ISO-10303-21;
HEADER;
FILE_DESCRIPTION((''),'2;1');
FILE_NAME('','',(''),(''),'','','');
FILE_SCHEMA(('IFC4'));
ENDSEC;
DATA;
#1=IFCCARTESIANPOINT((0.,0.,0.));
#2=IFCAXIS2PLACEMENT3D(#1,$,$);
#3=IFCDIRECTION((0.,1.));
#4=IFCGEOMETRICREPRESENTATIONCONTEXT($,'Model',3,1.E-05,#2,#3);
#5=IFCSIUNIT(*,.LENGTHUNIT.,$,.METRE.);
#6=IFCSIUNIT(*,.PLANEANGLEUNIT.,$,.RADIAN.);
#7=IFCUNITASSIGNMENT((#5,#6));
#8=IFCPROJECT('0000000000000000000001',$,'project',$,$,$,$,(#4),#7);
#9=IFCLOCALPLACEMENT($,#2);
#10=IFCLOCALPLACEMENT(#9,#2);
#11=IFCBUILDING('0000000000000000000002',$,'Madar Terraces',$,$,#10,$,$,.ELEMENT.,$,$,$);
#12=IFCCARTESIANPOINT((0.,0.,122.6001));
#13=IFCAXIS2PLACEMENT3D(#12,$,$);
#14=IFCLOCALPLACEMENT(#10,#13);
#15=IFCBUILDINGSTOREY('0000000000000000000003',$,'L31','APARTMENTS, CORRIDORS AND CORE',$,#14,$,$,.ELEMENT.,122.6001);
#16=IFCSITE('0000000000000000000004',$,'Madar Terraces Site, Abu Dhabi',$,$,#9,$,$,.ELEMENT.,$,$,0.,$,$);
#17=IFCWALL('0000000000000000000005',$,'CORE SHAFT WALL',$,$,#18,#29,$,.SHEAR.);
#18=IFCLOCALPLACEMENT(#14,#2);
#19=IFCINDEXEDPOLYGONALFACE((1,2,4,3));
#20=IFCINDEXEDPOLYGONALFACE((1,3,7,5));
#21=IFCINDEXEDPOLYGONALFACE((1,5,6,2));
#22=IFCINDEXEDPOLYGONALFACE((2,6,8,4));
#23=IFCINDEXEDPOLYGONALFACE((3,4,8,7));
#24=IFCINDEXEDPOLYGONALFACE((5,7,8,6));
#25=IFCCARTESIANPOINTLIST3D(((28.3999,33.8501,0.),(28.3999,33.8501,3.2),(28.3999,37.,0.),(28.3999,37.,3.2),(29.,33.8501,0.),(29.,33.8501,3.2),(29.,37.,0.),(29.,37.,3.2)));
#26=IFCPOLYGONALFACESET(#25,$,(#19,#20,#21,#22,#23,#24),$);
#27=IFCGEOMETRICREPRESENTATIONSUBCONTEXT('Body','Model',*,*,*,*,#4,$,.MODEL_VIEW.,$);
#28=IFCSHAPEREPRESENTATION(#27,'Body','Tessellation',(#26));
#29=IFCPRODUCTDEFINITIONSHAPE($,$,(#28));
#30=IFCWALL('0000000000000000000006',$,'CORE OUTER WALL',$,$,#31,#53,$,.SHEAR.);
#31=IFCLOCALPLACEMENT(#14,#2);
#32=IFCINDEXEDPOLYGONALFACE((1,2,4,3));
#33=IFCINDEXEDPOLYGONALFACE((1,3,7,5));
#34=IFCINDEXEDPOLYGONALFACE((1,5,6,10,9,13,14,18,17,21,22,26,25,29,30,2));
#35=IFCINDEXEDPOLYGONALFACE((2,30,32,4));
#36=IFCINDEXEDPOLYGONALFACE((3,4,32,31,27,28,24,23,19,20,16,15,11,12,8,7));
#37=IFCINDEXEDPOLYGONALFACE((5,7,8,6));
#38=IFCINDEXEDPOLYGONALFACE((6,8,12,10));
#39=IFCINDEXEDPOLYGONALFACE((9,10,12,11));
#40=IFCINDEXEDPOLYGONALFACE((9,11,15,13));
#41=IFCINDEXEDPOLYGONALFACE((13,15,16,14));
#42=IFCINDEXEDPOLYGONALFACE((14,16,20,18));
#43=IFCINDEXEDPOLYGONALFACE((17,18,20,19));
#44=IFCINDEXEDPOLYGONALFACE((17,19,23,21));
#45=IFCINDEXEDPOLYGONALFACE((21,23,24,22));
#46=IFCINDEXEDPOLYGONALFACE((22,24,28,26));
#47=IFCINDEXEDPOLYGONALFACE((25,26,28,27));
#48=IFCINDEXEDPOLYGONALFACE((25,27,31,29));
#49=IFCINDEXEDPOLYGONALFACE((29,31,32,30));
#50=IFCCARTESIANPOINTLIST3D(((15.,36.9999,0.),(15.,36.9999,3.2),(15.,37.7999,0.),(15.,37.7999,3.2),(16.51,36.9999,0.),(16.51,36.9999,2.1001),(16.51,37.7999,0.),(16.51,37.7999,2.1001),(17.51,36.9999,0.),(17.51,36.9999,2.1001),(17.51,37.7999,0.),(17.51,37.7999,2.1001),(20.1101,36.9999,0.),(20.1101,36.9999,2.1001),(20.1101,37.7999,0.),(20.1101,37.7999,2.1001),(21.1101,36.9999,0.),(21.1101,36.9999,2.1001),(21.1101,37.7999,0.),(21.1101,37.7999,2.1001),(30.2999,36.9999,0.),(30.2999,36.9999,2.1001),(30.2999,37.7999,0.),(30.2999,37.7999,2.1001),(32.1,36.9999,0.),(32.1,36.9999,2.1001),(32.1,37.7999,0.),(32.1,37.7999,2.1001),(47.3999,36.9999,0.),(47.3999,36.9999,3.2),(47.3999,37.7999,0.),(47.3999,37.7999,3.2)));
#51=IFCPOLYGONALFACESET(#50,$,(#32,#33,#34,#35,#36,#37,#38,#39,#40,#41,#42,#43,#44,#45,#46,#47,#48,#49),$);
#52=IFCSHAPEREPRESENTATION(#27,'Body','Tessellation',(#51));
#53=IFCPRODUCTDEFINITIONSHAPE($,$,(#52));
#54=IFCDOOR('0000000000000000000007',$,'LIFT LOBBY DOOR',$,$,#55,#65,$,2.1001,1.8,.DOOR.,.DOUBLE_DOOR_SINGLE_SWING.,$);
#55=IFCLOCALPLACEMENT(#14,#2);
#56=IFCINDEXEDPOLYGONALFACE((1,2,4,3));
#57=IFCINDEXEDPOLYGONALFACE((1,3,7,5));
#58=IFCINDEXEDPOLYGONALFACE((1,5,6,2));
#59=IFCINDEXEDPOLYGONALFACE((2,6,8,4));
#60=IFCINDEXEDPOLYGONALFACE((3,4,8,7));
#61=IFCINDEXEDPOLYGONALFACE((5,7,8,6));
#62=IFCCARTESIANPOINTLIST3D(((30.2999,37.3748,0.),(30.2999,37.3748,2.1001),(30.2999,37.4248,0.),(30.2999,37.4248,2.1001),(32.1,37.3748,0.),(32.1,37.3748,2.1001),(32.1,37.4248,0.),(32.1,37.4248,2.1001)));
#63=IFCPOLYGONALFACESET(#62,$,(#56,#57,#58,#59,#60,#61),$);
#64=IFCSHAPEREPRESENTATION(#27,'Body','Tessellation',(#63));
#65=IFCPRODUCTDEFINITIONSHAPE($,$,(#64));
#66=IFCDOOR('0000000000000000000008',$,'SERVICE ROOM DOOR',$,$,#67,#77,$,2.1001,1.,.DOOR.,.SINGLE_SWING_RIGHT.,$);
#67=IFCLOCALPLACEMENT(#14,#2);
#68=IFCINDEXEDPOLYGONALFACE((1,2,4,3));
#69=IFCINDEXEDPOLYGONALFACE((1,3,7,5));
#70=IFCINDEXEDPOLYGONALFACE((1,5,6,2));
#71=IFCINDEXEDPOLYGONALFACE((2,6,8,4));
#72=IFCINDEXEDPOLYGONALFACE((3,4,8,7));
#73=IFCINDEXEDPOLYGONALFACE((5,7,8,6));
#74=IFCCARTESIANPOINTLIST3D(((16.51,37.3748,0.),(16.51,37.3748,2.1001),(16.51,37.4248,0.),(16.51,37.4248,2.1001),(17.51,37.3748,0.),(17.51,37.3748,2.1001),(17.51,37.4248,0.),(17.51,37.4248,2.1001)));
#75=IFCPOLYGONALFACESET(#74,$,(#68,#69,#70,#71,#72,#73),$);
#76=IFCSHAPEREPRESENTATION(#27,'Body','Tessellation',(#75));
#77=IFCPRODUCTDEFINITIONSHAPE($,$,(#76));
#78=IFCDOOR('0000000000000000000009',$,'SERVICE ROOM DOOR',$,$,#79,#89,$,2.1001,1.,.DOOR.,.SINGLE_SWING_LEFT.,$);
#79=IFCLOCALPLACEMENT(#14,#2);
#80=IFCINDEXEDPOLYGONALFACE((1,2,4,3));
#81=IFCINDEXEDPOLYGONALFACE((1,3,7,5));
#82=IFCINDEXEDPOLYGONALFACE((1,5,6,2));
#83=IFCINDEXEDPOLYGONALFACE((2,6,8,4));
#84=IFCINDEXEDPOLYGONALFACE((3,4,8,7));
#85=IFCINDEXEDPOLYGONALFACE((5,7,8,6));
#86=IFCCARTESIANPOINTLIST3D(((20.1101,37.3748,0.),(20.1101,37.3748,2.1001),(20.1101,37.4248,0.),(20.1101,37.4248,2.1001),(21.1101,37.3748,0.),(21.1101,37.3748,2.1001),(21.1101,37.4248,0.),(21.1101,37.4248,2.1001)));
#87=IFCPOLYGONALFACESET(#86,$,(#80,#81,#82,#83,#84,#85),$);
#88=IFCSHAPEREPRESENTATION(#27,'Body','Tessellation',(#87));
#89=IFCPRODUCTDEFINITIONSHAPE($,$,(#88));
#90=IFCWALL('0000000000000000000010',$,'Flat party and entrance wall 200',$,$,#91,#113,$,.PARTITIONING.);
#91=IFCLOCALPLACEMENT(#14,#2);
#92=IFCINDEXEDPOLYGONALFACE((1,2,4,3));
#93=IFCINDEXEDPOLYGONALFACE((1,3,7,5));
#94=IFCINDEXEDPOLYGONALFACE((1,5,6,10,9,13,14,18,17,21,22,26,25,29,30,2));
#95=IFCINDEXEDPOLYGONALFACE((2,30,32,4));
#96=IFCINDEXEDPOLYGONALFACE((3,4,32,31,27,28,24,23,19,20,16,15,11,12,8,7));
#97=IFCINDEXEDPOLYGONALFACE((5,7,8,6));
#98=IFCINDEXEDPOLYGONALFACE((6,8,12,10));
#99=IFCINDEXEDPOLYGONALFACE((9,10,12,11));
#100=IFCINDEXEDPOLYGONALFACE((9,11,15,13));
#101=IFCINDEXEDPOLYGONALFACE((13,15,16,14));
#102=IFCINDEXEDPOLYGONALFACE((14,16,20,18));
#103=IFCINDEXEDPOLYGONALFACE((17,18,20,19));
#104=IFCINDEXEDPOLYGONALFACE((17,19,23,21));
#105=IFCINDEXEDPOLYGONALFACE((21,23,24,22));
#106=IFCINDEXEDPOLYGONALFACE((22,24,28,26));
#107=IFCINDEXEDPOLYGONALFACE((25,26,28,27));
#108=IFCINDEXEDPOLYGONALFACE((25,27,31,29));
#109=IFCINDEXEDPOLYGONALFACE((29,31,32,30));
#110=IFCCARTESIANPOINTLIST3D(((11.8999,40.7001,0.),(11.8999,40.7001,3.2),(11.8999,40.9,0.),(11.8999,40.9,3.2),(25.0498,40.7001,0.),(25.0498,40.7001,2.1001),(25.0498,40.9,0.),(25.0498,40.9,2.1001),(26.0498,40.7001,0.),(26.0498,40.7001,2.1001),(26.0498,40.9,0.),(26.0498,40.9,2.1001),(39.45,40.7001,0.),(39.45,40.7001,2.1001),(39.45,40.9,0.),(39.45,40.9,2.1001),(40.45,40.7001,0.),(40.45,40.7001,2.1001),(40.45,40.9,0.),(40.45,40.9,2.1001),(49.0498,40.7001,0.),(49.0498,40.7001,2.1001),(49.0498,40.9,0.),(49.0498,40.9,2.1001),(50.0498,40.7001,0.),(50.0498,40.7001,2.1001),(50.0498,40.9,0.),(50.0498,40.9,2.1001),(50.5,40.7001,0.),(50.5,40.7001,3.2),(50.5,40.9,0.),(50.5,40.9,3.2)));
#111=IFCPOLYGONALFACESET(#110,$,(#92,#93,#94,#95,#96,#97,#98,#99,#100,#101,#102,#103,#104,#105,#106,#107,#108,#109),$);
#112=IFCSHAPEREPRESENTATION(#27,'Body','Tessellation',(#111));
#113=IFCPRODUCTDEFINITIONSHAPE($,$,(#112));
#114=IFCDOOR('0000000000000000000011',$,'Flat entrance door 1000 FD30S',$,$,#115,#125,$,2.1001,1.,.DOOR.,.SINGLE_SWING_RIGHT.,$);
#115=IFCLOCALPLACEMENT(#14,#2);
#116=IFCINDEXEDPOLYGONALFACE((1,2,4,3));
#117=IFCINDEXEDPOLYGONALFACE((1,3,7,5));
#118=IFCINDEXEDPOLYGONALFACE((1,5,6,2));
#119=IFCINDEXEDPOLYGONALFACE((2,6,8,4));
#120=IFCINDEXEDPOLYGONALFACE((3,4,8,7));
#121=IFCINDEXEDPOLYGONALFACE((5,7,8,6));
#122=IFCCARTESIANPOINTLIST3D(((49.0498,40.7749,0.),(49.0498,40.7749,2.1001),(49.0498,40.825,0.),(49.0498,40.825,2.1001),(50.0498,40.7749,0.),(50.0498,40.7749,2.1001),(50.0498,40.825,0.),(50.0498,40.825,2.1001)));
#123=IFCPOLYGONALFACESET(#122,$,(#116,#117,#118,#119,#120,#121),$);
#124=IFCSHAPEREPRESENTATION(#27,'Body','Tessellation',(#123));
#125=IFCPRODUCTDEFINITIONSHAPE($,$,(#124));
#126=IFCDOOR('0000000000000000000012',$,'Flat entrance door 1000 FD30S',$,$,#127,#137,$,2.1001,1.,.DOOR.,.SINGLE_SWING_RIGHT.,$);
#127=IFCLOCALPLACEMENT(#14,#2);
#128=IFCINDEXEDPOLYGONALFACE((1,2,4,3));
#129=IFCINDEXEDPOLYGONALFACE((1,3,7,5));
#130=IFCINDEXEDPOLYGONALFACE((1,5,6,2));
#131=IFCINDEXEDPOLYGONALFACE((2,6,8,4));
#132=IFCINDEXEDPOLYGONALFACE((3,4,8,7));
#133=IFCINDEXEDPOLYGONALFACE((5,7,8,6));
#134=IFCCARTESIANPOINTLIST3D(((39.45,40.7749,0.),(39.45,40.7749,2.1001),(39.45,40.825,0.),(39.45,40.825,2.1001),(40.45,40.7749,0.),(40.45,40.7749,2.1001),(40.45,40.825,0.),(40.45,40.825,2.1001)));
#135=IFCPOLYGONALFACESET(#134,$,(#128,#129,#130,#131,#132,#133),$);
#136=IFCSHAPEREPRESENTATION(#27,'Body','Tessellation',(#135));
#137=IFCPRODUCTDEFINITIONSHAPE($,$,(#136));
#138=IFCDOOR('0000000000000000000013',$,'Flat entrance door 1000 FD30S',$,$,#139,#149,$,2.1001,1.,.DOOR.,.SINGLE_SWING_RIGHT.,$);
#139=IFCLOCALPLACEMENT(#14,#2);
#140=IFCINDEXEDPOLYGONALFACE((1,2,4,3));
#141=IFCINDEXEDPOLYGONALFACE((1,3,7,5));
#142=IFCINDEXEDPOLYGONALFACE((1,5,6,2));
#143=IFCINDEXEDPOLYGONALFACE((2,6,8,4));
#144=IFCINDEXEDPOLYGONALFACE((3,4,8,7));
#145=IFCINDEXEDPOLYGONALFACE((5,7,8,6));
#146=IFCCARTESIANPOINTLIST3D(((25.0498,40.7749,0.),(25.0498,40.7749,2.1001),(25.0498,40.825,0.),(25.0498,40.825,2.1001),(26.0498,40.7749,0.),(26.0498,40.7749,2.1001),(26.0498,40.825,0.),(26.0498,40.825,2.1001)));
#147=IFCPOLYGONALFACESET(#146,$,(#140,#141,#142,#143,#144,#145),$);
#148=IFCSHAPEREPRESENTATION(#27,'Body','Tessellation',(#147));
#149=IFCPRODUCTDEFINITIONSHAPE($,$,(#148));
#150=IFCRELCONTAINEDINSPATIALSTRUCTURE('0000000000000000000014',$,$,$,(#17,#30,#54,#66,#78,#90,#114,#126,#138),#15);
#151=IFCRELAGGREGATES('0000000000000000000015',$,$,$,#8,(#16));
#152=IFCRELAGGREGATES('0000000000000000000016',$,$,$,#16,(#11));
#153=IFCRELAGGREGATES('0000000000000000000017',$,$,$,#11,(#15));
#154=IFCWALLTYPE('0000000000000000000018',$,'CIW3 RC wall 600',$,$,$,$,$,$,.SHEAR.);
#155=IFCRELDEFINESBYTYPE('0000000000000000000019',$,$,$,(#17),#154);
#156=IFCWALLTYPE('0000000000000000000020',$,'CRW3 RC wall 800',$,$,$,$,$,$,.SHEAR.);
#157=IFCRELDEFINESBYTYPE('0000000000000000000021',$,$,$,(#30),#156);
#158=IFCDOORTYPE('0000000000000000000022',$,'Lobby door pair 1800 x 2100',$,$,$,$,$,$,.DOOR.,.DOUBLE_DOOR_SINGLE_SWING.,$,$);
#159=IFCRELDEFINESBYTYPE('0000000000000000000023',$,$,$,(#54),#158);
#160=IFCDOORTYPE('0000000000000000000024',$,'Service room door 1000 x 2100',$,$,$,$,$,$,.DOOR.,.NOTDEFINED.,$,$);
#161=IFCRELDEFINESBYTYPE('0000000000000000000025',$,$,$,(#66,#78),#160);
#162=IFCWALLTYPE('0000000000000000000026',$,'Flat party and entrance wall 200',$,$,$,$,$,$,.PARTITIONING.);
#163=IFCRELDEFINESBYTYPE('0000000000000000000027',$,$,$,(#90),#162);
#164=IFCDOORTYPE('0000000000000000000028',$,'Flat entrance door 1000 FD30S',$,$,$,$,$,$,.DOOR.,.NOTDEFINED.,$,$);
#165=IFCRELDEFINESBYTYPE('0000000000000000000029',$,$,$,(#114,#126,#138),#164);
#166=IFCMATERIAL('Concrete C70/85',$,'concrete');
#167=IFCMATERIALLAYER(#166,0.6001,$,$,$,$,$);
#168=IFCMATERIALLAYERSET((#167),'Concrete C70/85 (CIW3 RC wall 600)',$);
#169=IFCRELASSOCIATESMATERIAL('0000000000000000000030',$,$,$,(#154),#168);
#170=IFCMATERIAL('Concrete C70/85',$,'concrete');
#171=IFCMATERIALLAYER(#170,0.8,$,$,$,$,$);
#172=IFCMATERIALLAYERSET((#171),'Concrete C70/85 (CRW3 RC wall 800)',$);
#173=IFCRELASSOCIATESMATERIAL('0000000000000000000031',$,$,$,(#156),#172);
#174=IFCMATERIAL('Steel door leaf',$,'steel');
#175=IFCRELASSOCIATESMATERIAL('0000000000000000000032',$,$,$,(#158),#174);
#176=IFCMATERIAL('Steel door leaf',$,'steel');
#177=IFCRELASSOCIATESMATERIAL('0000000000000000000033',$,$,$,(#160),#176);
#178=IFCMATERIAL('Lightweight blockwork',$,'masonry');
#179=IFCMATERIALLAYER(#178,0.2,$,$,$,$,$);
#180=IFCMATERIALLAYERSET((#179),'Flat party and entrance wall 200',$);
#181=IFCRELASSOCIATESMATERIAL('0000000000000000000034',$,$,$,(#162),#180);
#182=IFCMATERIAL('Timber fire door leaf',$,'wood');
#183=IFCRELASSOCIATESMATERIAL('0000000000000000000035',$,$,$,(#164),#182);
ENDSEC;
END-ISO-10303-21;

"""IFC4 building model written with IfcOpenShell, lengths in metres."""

from ifc_helpers import new_model, si_unit, direction, frame, frame_2d, origin, place, context, subcontext, project, spatial, rectangle, extrude, material, layer, layer_set, type_object, element, fill, save


model = new_model("IFC4")

# Units and contexts
model_context = context("Model", 3, precision=1e-05, world=origin(), true_north=direction((0.0, 1.0)))
body_context = subcontext(model_context, "Body", "Model", "MODEL_VIEW")
ifc_project = project(units=[si_unit("LENGTHUNIT", "METRE"), si_unit("PLANEANGLEUNIT", "RADIAN")], contexts=[model_context])

# Site, building, storey
site_placement = place(None, origin())
site = spatial("IfcSite", under=ifc_project, at=site_placement, Name="Madar Terraces Site, Abu Dhabi", CompositionType="ELEMENT", RefElevation=0.0)
building_placement = place(site_placement, origin())
building = spatial("IfcBuilding", under=site, at=building_placement, Name="Madar Terraces", CompositionType="ELEMENT")
storey_placement = place(building_placement, frame((0.0, 0.0, 122.6001)))
storey = spatial("IfcBuildingStorey", under=building, at=storey_placement, Name="L31", Description="APARTMENTS, CORRIDORS AND CORE", CompositionType="ELEMENT", Elevation=122.6001)

# Wall
ifc_material_1 = material(Name="Concrete C70/85", Category="concrete")
ifc_layer_1 = layer(ifc_material_1, 0.6001)
ifc_layer_set_1 = layer_set([ifc_layer_1], Name="Concrete C70/85 (CIW3 RC wall 600)")
wall_type_1 = type_object("IfcWallType", Name="CIW3 RC wall 600", PredefinedType="SHEAR", material=ifc_layer_set_1)
wall_1_placement = place(storey_placement, frame((28.7, 33.8501, 0.0), z_axis=(0.0, 0.0, 1.0), x_axis=(0.0, 1.0, 0.0)))
element("IfcWall", 1, at=wall_1_placement, inside=storey, type_object=wall_type_1, Name="CORE SHAFT WALL", PredefinedType="SHEAR", context=body_context, shape_type="SweptSolid", body=[
    extrude(rectangle(XDim=3.1499, YDim=0.6001, at=frame_2d((1.575, 0.0))), origin(), (0.0, 0.0, 1.0), 3.2),
])

# Walls, openings, doors
ifc_material_2 = material(Name="Concrete C70/85", Category="concrete")
ifc_layer_2 = layer(ifc_material_2, 0.8)
ifc_layer_set_2 = layer_set([ifc_layer_2], Name="Concrete C70/85 (CRW3 RC wall 800)")
wall_type_2 = type_object("IfcWallType", Name="CRW3 RC wall 800", PredefinedType="SHEAR", material=ifc_layer_set_2)
wall_2_placement = place(storey_placement, frame((15.0, 37.3999, 0.0), z_axis=(0.0, 0.0, 1.0), x_axis=(1.0, 0.0, 0.0)))
wall_2 = element("IfcWall", 2, at=wall_2_placement, inside=storey, type_object=wall_type_2, Name="CORE OUTER WALL", PredefinedType="SHEAR", context=body_context, shape_type="SweptSolid", body=[
    extrude(rectangle(XDim=32.3999, YDim=0.8, at=frame_2d((16.2, 0.0))), origin(), (0.0, 0.0, 1.0), 3.2),
])
opening_1_placement = place(wall_2_placement, frame((15.3, 0.0, 0.0)))
opening_1 = element("IfcOpeningElement", 3, at=opening_1_placement, cuts=wall_2, PredefinedType="OPENING", context=body_context, shape_type="SweptSolid", body=[
    extrude(rectangle(XDim=1.8, YDim=2.1001, at=frame_2d((0.8999, 1.05))), frame((0.0, 0.4099, 0.0), z_axis=(0.0, -1.0, 0.0), x_axis=(1.0, 0.0, 0.0)), (0.0, 0.0, 1.0), 0.8201),
])
opening_2_placement = place(wall_2_placement, frame((1.51, 0.0, 0.0)))
opening_2 = element("IfcOpeningElement", 4, at=opening_2_placement, cuts=wall_2, PredefinedType="OPENING", context=body_context, shape_type="SweptSolid", body=[
    extrude(rectangle(XDim=1.0, YDim=2.1001, at=frame_2d((0.5, 1.05))), frame((0.0, 0.4099, 0.0), z_axis=(0.0, -1.0, 0.0), x_axis=(1.0, 0.0, 0.0)), (0.0, 0.0, 1.0), 0.8201),
])
opening_3_placement = place(wall_2_placement, frame((5.1101, 0.0, 0.0)))
opening_3 = element("IfcOpeningElement", 5, at=opening_3_placement, cuts=wall_2, PredefinedType="OPENING", context=body_context, shape_type="SweptSolid", body=[
    extrude(rectangle(XDim=1.0, YDim=2.1001, at=frame_2d((0.5, 1.05))), frame((0.0, 0.4099, 0.0), z_axis=(0.0, -1.0, 0.0), x_axis=(1.0, 0.0, 0.0)), (0.0, 0.0, 1.0), 0.8201),
])
ifc_material_3 = material(Name="Steel door leaf", Category="steel")
door_type_1 = type_object("IfcDoorType", Name="Lobby door pair 1800 x 2100", OperationType="DOUBLE_DOOR_SINGLE_SWING", PredefinedType="DOOR", material=ifc_material_3)
door_1_placement = place(opening_1_placement, origin())
door_1 = element("IfcDoor", 6, at=door_1_placement, inside=storey, type_object=door_type_1, Name="LIFT LOBBY DOOR", OperationType="DOUBLE_DOOR_SINGLE_SWING", OverallHeight=2.1001, OverallWidth=1.8, PredefinedType="DOOR", context=body_context, shape_type="SweptSolid", body=[
    extrude(rectangle(XDim=1.8, YDim=2.1001, at=frame_2d((0.8999, 1.05))), frame((0.0, 0.0249, 0.0), z_axis=(0.0, -1.0, 0.0), x_axis=(1.0, 0.0, 0.0)), (0.0, 0.0, 1.0), 0.05),
])
fill(opening_1, door_1)
ifc_material_4 = material(Name="Steel door leaf", Category="steel")
door_type_2 = type_object("IfcDoorType", Name="Service room door 1000 x 2100", OperationType="NOTDEFINED", PredefinedType="DOOR", material=ifc_material_4)
door_2_placement = place(opening_2_placement, origin())
door_2 = element("IfcDoor", 7, at=door_2_placement, inside=storey, type_object=door_type_2, Name="SERVICE ROOM DOOR", OperationType="SINGLE_SWING_RIGHT", OverallHeight=2.1001, OverallWidth=1.0, PredefinedType="DOOR", context=body_context, shape_type="SweptSolid", body=[
    extrude(rectangle(XDim=1.0, YDim=2.1001, at=frame_2d((0.5, 1.05))), frame((0.0, 0.0249, 0.0), z_axis=(0.0, -1.0, 0.0), x_axis=(1.0, 0.0, 0.0)), (0.0, 0.0, 1.0), 0.05),
])
fill(opening_2, door_2)
door_3_placement = place(opening_3_placement, origin())
door_3 = element("IfcDoor", 8, at=door_3_placement, inside=storey, type_object=door_type_2, Name="SERVICE ROOM DOOR", OperationType="SINGLE_SWING_LEFT", OverallHeight=2.1001, OverallWidth=1.0, PredefinedType="DOOR", context=body_context, shape_type="SweptSolid", body=[
    extrude(rectangle(XDim=1.0, YDim=2.1001, at=frame_2d((0.5, 1.05))), frame((0.0, 0.0249, 0.0), z_axis=(0.0, -1.0, 0.0), x_axis=(1.0, 0.0, 0.0)), (0.0, 0.0, 1.0), 0.05),
])
fill(opening_3, door_3)
ifc_material_5 = material(Name="Lightweight blockwork", Category="masonry")
ifc_layer_3 = layer(ifc_material_5, 0.2)
ifc_layer_set_3 = layer_set([ifc_layer_3], Name="Flat party and entrance wall 200")
wall_type_3 = type_object("IfcWallType", Name="Flat party and entrance wall 200", PredefinedType="PARTITIONING", material=ifc_layer_set_3)
wall_3_placement = place(storey_placement, frame((11.8999, 40.8, 0.0), z_axis=(0.0, 0.0, 1.0), x_axis=(1.0, 0.0, 0.0)))
wall_3 = element("IfcWall", 9, at=wall_3_placement, inside=storey, type_object=wall_type_3, Name="Flat party and entrance wall 200", PredefinedType="PARTITIONING", context=body_context, shape_type="SweptSolid", body=[
    extrude(rectangle(XDim=38.6001, YDim=0.2, at=frame_2d((19.3, 0.0))), origin(), (0.0, 0.0, 1.0), 3.2),
])
opening_4_placement = place(wall_3_placement, frame((37.1499, 0.0, 0.0)))
opening_4 = element("IfcOpeningElement", 10, at=opening_4_placement, cuts=wall_3, PredefinedType="OPENING", context=body_context, shape_type="SweptSolid", body=[
    extrude(rectangle(XDim=1.0, YDim=2.1001, at=frame_2d((0.5, 1.05))), frame((0.0, 0.1099, 0.0), z_axis=(0.0, -1.0, 0.0), x_axis=(1.0, 0.0, 0.0)), (0.0, 0.0, 1.0), 0.22),
])
opening_5_placement = place(wall_3_placement, frame((27.55, 0.0, 0.0)))
opening_5 = element("IfcOpeningElement", 11, at=opening_5_placement, cuts=wall_3, PredefinedType="OPENING", context=body_context, shape_type="SweptSolid", body=[
    extrude(rectangle(XDim=1.0, YDim=2.1001, at=frame_2d((0.5, 1.05))), frame((0.0, 0.1099, 0.0), z_axis=(0.0, -1.0, 0.0), x_axis=(1.0, 0.0, 0.0)), (0.0, 0.0, 1.0), 0.22),
])
opening_6_placement = place(wall_3_placement, frame((13.1499, 0.0, 0.0)))
opening_6 = element("IfcOpeningElement", 12, at=opening_6_placement, cuts=wall_3, PredefinedType="OPENING", context=body_context, shape_type="SweptSolid", body=[
    extrude(rectangle(XDim=1.0, YDim=2.1001, at=frame_2d((0.5, 1.05))), frame((0.0, 0.1099, 0.0), z_axis=(0.0, -1.0, 0.0), x_axis=(1.0, 0.0, 0.0)), (0.0, 0.0, 1.0), 0.22),
])
ifc_material_6 = material(Name="Timber fire door leaf", Category="wood")
door_type_3 = type_object("IfcDoorType", Name="Flat entrance door 1000 FD30S", OperationType="NOTDEFINED", PredefinedType="DOOR", material=ifc_material_6)
door_4_placement = place(opening_4_placement, origin())
door_4 = element("IfcDoor", 13, at=door_4_placement, inside=storey, type_object=door_type_3, Name="Flat entrance door 1000 FD30S", OperationType="SINGLE_SWING_RIGHT", OverallHeight=2.1001, OverallWidth=1.0, PredefinedType="DOOR", context=body_context, shape_type="SweptSolid", body=[
    extrude(rectangle(XDim=1.0, YDim=2.1001, at=frame_2d((0.5, 1.05))), frame((0.0, 0.0249, 0.0), z_axis=(0.0, -1.0, 0.0), x_axis=(1.0, 0.0, 0.0)), (0.0, 0.0, 1.0), 0.05),
])
fill(opening_4, door_4)
door_5_placement = place(opening_5_placement, origin())
door_5 = element("IfcDoor", 14, at=door_5_placement, inside=storey, type_object=door_type_3, Name="Flat entrance door 1000 FD30S", OperationType="SINGLE_SWING_RIGHT", OverallHeight=2.1001, OverallWidth=1.0, PredefinedType="DOOR", context=body_context, shape_type="SweptSolid", body=[
    extrude(rectangle(XDim=1.0, YDim=2.1001, at=frame_2d((0.5, 1.05))), frame((0.0, 0.0249, 0.0), z_axis=(0.0, -1.0, 0.0), x_axis=(1.0, 0.0, 0.0)), (0.0, 0.0, 1.0), 0.05),
])
fill(opening_5, door_5)
door_6_placement = place(opening_6_placement, origin())
door_6 = element("IfcDoor", 15, at=door_6_placement, inside=storey, type_object=door_type_3, Name="Flat entrance door 1000 FD30S", OperationType="SINGLE_SWING_RIGHT", OverallHeight=2.1001, OverallWidth=1.0, PredefinedType="DOOR", context=body_context, shape_type="SweptSolid", body=[
    extrude(rectangle(XDim=1.0, YDim=2.1001, at=frame_2d((0.5, 1.05))), frame((0.0, 0.0249, 0.0), z_axis=(0.0, -1.0, 0.0), x_axis=(1.0, 0.0, 0.0)), (0.0, 0.0, 1.0), 0.05),
])
fill(opening_6, door_6)

save(model, "model.ifc")
